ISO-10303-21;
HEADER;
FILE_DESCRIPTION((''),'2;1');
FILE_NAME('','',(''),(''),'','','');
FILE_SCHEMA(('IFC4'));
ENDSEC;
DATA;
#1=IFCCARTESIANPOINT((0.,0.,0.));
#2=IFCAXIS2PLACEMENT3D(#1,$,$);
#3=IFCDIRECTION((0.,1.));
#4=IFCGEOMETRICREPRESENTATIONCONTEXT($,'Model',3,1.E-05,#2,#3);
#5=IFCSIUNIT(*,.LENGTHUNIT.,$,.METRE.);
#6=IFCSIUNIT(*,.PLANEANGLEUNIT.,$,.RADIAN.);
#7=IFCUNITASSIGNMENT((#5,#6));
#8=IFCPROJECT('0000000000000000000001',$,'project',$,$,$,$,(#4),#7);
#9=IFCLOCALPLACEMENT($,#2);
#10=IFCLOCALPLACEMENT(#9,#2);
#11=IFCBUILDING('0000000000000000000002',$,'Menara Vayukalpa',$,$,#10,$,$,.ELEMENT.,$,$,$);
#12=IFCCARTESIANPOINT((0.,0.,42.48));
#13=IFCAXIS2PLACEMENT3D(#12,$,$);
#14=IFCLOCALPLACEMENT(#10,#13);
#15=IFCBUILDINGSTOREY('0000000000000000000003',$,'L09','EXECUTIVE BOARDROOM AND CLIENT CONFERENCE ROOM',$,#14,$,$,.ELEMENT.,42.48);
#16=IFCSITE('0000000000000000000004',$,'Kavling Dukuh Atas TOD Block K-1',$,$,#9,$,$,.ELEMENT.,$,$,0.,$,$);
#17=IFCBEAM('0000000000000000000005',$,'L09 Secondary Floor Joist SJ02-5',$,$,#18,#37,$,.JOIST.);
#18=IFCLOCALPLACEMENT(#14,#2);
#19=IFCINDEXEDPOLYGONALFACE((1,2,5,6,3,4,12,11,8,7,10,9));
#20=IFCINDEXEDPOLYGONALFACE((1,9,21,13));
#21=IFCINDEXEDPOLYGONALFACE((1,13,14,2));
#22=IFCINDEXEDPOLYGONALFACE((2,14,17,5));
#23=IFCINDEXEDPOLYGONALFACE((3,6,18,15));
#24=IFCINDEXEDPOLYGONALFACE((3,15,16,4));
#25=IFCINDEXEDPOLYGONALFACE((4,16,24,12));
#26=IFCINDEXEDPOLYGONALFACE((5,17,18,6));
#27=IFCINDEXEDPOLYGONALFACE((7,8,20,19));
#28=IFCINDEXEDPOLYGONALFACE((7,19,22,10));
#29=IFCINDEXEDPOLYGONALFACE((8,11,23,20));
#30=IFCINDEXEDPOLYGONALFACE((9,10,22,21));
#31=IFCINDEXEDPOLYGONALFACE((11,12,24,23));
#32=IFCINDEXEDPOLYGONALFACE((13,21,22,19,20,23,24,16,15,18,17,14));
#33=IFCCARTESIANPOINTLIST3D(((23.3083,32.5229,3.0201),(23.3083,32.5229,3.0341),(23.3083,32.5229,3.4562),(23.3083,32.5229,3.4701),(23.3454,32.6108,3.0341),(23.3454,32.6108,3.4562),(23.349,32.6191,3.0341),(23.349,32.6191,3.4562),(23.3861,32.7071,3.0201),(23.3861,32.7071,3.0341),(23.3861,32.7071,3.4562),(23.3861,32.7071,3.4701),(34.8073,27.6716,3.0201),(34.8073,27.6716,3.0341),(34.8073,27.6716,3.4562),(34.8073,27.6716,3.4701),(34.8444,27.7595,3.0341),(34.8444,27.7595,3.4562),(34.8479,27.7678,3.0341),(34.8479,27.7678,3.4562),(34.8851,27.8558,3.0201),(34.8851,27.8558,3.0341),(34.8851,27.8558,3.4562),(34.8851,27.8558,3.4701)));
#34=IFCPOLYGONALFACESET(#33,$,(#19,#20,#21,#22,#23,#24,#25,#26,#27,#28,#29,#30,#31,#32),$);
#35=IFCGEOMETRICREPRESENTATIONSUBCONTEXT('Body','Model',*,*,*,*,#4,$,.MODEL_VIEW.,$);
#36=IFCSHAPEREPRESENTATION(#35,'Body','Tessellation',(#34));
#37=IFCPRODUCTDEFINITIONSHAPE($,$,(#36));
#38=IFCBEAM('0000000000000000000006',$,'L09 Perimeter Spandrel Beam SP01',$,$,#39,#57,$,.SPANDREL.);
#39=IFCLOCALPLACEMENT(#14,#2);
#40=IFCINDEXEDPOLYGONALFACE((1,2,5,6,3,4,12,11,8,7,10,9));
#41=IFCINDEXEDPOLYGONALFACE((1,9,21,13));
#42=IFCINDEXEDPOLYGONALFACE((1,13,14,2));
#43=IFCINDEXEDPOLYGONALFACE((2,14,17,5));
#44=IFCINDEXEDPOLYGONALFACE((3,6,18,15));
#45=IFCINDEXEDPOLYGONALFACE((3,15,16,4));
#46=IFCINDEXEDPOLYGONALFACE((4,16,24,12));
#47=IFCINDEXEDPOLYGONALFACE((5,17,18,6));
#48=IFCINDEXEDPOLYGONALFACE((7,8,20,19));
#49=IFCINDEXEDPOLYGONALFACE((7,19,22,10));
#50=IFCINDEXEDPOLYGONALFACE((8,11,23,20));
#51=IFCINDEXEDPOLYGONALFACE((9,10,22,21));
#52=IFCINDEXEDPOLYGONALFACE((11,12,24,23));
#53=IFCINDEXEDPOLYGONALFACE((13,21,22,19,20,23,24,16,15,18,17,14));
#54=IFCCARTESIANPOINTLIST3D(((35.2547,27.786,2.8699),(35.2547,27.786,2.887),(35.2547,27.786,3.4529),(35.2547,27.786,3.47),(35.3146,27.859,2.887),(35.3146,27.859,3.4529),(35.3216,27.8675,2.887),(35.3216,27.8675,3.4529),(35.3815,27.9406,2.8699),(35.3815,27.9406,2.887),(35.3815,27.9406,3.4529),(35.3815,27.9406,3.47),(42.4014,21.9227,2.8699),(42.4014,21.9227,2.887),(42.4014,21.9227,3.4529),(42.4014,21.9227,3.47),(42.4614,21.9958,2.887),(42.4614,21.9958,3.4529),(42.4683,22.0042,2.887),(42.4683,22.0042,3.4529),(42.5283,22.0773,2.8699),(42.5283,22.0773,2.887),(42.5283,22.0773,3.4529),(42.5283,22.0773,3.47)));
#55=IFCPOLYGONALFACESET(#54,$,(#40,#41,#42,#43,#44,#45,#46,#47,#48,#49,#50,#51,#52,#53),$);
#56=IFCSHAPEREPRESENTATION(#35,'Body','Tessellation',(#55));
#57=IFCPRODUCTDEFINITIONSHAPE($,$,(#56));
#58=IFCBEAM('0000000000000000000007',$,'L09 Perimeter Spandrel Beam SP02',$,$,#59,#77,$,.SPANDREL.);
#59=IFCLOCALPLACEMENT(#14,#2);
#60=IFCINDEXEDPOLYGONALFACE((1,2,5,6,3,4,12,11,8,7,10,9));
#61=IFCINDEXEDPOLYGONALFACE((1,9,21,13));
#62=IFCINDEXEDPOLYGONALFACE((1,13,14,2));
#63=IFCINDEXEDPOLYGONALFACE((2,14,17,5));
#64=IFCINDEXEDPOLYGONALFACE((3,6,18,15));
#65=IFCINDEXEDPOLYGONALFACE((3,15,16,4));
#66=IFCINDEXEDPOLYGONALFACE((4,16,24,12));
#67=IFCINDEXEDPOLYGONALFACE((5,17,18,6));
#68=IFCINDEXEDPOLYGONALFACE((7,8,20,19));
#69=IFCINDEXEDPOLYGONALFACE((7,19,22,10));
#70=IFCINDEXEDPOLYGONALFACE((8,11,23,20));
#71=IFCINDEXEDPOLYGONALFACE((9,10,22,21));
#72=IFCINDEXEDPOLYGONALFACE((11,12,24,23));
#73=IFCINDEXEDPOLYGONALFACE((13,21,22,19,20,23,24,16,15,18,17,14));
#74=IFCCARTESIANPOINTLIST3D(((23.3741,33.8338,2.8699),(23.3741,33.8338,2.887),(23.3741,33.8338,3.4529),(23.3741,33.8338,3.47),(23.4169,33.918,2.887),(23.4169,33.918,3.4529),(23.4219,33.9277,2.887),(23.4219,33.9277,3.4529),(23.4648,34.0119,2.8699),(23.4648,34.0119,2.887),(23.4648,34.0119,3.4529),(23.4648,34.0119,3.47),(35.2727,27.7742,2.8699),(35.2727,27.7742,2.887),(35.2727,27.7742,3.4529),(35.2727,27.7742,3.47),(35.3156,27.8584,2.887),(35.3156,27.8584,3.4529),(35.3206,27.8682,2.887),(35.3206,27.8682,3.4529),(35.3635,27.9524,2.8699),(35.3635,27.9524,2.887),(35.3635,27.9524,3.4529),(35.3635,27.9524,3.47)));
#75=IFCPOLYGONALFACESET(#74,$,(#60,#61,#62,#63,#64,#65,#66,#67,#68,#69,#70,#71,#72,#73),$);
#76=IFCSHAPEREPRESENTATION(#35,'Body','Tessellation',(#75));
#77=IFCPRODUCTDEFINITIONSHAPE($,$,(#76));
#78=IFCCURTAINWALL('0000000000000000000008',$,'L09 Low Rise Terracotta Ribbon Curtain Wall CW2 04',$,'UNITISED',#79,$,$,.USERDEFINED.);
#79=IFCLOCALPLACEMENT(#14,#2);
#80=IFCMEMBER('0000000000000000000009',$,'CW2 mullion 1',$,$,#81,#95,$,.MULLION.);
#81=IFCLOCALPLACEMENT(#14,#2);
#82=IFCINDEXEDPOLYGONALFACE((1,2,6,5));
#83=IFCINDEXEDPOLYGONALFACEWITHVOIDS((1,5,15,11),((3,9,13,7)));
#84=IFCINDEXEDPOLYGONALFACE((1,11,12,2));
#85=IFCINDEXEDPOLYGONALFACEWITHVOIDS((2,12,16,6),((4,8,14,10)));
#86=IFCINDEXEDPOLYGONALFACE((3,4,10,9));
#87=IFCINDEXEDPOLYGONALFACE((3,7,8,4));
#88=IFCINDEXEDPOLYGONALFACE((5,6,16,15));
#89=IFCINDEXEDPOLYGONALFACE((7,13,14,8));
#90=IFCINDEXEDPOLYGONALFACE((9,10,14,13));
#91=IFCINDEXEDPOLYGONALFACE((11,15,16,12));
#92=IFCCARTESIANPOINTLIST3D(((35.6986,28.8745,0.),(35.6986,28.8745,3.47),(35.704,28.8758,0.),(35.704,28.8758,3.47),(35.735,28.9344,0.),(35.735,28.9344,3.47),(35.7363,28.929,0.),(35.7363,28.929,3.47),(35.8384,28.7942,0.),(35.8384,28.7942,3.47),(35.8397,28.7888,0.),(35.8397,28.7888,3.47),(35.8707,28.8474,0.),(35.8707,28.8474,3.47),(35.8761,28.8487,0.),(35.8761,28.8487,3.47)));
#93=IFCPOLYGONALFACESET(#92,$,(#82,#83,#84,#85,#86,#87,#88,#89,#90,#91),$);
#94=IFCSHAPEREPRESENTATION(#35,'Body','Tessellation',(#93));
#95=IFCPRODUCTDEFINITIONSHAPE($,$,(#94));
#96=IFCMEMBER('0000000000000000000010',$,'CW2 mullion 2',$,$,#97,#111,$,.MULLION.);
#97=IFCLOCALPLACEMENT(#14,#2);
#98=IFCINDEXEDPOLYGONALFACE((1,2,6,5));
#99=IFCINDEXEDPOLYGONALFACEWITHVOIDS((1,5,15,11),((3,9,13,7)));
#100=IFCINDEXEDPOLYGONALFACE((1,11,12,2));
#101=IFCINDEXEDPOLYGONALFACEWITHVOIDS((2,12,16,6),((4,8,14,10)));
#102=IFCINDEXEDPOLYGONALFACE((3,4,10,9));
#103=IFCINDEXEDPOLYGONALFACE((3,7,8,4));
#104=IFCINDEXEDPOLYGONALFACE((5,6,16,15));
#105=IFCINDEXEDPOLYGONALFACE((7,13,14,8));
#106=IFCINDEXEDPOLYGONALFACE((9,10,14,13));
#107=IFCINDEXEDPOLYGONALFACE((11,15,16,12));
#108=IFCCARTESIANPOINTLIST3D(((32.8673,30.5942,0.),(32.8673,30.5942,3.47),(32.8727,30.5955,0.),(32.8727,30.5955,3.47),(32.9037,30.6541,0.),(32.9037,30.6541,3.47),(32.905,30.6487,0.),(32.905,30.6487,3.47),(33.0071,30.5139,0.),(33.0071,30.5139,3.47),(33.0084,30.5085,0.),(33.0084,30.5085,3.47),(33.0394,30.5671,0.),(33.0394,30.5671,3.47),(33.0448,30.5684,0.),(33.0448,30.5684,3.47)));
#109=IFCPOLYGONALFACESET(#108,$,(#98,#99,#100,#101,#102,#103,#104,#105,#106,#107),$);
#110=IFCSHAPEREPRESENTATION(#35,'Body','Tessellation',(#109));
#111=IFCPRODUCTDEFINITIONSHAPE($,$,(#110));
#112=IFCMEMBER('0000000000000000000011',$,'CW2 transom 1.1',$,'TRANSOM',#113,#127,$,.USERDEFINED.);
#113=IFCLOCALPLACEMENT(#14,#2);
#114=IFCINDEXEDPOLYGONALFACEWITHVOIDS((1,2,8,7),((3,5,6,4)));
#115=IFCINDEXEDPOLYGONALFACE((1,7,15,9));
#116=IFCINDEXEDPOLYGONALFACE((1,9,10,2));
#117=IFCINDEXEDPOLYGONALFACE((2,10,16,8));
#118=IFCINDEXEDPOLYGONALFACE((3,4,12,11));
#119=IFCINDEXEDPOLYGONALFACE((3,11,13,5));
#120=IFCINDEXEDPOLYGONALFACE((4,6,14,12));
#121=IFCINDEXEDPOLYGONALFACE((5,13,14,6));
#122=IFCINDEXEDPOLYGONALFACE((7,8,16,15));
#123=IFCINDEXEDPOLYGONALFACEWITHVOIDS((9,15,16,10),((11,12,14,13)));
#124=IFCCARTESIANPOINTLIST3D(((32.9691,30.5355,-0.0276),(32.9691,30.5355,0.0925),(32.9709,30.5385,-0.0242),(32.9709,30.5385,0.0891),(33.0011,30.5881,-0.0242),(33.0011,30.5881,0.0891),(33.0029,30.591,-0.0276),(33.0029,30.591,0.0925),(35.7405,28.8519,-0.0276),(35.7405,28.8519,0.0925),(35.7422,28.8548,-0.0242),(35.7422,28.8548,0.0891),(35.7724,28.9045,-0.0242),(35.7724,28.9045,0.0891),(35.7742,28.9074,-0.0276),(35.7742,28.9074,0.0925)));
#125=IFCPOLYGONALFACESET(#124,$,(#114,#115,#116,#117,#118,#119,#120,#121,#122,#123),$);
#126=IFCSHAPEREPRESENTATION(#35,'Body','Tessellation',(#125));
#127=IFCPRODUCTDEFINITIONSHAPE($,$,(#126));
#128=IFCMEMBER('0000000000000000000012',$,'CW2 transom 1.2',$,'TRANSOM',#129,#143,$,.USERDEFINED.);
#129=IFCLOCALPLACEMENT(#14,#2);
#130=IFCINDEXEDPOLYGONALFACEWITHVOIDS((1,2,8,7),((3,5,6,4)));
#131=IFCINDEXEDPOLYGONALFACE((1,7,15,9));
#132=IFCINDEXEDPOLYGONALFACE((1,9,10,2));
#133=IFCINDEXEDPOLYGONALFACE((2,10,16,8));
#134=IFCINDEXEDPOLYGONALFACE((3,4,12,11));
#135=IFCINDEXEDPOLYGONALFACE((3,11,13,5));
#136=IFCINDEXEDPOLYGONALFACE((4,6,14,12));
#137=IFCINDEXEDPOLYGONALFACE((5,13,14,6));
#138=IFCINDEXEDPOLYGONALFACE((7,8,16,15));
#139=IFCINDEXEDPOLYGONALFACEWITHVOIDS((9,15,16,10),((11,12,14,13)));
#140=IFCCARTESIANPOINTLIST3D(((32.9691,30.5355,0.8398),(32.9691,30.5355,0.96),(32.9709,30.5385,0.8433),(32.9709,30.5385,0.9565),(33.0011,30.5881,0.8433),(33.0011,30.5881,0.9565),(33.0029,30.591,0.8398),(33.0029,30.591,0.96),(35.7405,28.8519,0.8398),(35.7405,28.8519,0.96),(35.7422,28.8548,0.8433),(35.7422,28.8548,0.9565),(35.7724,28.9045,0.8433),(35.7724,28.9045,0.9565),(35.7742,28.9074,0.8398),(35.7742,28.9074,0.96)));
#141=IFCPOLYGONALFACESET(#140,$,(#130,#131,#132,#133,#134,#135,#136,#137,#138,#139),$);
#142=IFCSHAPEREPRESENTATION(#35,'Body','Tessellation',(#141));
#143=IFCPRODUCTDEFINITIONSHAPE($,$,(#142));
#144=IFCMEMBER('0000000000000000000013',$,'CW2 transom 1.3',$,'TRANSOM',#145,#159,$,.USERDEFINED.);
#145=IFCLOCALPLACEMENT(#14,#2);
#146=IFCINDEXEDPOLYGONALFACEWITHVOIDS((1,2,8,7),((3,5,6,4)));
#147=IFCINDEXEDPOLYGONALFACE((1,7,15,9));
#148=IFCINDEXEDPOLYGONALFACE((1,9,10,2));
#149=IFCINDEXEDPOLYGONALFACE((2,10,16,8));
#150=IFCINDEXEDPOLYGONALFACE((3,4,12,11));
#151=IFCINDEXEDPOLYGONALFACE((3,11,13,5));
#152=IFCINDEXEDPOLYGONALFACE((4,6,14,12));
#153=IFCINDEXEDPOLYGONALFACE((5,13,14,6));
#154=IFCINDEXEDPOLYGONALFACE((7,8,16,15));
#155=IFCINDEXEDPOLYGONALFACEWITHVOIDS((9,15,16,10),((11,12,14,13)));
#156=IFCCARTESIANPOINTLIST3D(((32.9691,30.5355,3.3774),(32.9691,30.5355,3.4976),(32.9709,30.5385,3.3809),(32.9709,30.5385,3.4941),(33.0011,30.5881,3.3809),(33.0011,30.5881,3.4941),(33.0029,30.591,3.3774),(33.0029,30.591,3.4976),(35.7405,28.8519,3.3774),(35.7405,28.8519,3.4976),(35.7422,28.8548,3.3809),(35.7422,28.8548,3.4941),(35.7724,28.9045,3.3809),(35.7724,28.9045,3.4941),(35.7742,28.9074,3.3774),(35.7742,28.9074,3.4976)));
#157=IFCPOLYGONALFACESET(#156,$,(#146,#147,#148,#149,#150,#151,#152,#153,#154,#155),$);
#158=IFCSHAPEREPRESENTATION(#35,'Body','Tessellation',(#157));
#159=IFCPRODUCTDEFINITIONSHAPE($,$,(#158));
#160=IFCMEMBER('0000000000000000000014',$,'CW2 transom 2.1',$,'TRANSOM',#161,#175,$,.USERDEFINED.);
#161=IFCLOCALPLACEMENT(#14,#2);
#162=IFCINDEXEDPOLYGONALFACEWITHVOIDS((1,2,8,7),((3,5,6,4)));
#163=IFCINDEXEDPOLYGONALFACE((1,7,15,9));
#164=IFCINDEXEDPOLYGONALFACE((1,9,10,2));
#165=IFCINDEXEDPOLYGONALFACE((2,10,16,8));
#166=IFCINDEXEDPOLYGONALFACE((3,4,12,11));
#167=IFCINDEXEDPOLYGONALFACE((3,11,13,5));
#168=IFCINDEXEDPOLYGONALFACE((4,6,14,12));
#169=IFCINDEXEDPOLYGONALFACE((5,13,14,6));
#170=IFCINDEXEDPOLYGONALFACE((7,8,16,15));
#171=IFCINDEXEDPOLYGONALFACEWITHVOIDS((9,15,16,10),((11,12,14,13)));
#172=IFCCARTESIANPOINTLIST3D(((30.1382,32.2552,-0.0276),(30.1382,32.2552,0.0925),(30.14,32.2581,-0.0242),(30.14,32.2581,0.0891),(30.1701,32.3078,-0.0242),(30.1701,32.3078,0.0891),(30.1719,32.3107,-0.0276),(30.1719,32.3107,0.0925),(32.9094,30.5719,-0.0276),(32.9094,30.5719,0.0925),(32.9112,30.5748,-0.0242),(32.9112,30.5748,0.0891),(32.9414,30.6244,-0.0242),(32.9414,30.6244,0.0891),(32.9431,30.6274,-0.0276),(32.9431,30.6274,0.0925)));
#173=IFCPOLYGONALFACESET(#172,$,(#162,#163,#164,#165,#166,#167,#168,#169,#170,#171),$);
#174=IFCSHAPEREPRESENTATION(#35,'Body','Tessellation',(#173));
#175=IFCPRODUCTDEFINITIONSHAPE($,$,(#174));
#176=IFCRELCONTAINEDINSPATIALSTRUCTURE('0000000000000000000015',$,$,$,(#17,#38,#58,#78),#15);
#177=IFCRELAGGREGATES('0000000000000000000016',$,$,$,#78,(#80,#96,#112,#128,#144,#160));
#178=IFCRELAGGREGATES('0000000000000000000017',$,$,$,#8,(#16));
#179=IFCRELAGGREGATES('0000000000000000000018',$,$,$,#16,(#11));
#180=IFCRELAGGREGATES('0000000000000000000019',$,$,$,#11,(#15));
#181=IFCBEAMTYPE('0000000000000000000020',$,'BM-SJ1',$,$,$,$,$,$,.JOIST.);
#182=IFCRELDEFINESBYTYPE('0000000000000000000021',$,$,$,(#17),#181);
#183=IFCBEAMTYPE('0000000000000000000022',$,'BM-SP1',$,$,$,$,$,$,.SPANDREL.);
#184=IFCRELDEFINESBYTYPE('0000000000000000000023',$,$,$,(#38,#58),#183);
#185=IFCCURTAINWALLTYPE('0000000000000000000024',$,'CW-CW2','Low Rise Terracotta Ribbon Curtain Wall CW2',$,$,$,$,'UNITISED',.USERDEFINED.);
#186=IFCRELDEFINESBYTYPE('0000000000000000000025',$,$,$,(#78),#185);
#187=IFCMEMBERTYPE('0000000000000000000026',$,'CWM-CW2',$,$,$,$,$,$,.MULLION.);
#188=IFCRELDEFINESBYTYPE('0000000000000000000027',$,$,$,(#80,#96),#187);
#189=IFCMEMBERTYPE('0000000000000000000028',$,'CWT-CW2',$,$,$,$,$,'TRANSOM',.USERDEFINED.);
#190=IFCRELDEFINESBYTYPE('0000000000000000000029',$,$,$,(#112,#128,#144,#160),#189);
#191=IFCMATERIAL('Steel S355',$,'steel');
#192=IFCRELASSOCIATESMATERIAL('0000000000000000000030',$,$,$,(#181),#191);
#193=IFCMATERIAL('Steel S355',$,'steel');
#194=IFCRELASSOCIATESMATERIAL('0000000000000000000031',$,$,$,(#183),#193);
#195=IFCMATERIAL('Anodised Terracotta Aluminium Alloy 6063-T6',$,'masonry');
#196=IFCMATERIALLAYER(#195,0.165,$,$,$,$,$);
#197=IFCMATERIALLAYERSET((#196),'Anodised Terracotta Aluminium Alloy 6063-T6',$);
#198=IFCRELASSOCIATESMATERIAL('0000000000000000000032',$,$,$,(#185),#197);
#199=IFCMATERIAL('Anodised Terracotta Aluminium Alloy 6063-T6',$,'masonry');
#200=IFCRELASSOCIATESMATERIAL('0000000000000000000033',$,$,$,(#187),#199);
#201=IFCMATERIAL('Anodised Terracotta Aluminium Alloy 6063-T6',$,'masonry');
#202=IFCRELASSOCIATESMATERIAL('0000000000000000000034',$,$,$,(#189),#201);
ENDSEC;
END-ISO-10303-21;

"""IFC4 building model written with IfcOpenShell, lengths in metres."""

from ifc_helpers import new_model, si_unit, direction, frame, origin, origin_2d, place, context, subcontext, project, spatial, hollow_rectangle, i_section, extrude, material, layer, layer_set, material_profile, profile_set, type_object, element, aggregate, save


model = new_model("IFC4")

# Units and contexts
model_context = context("Model", 3, precision=1e-05, world=origin(), true_north=direction((0.0, 1.0)))
body_context = subcontext(model_context, "Body", "Model", "MODEL_VIEW")
ifc_project = project(units=[si_unit("LENGTHUNIT", "METRE"), si_unit("PLANEANGLEUNIT", "RADIAN")], contexts=[model_context])

# Site, building, storey
site_placement = place(None, origin())
site = spatial("IfcSite", under=ifc_project, at=site_placement, Name="Kavling Dukuh Atas TOD Block K-1", CompositionType="ELEMENT", RefElevation=0.0)
building_placement = place(site_placement, origin())
building = spatial("IfcBuilding", under=site, at=building_placement, Name="Menara Vayukalpa", CompositionType="ELEMENT")
storey_placement = place(building_placement, frame((0.0, 0.0, 42.48)))
storey = spatial("IfcBuildingStorey", under=building, at=storey_placement, Name="L09", Description="EXECUTIVE BOARDROOM AND CLIENT CONFERENCE ROOM", CompositionType="ELEMENT", Elevation=42.48)

# Beams
ifc_material_1 = material(Name="Steel S355", Category="steel")
ifc_material_profile_1 = material_profile(ifc_material_1, i_section(OverallWidth=0.2, OverallDepth=0.45, WebThickness=0.009, FlangeThickness=0.0139, at=origin_2d()), Name="WF 450x200x9x14")
ifc_profile_set_1 = profile_set([ifc_material_profile_1], Name="Steel S355")
beam_type_1 = type_object("IfcBeamType", Name="BM-SJ1", PredefinedType="JOIST", material=ifc_profile_set_1)
beam_1_placement = place(storey_placement, frame((34.8462, 27.7637, 3.2451), z_axis=(-0.921359, 0.388712, 0.0), x_axis=(-0.388712, -0.921359, 0.0)))
element("IfcBeam", 1, at=beam_1_placement, inside=storey, type_object=beam_type_1, Name="L09 Secondary Floor Joist SJ02-5", PredefinedType="JOIST", context=body_context, shape_type="SweptSolid", body=[
    extrude(i_section(OverallWidth=0.2, OverallDepth=0.45, WebThickness=0.009, FlangeThickness=0.0139, at=origin_2d()), origin(), (0.0, 0.0, 1.0), 12.4805),
])
ifc_material_2 = material(Name="Steel S355", Category="steel")
ifc_material_profile_2 = material_profile(ifc_material_2, i_section(OverallWidth=0.2, OverallDepth=0.6001, WebThickness=0.011, FlangeThickness=0.0171, at=origin_2d()), Name="WF 600x200x11x17")
ifc_profile_set_2 = profile_set([ifc_material_profile_2], Name="Steel S355")
beam_type_2 = type_object("IfcBeamType", Name="BM-SP1", PredefinedType="SPANDREL", material=ifc_profile_set_2)
beam_2_placement = place(storey_placement, frame((42.4648, 22.0, 3.1699), z_axis=(-0.773111, 0.634271, 0.0), x_axis=(-0.634271, -0.773111, 0.0)))
element("IfcBeam", 2, at=beam_2_placement, inside=storey, type_object=beam_type_2, Name="L09 Perimeter Spandrel Beam SP01", PredefinedType="SPANDREL", context=body_context, shape_type="SweptSolid", body=[
    extrude(i_section(OverallWidth=0.2, OverallDepth=0.6001, WebThickness=0.011, FlangeThickness=0.0171, at=origin_2d()), origin(), (0.0, 0.0, 1.0), 9.2441),
])
beam_3_placement = place(storey_placement, frame((35.3181, 27.8633, 3.1699), z_axis=(-0.891101, 0.453806, 0.0), x_axis=(-0.453806, -0.891101, 0.0)))
element("IfcBeam", 3, at=beam_3_placement, inside=storey, type_object=beam_type_2, Name="L09 Perimeter Spandrel Beam SP02", PredefinedType="SPANDREL", context=body_context, shape_type="SweptSolid", body=[
    extrude(i_section(OverallWidth=0.2, OverallDepth=0.6001, WebThickness=0.011, FlangeThickness=0.0171, at=origin_2d()), origin(), (0.0, 0.0, 1.0), 13.3528),
])

# Curtain wall, members
ifc_material_3 = material(Name="Anodised Terracotta Aluminium Alloy 6063-T6", Category="masonry")
ifc_layer_1 = layer(ifc_material_3, 0.165)
ifc_layer_set_1 = layer_set([ifc_layer_1], Name="Anodised Terracotta Aluminium Alloy 6063-T6")
curtain_wall_type = type_object("IfcCurtainWallType", Name="CW-CW2", Description="Low Rise Terracotta Ribbon Curtain Wall CW2", ElementType="UNITISED", PredefinedType="USERDEFINED", material=ifc_layer_set_1)
curtain_wall_placement = place(storey_placement, origin())
curtain_wall = element("IfcCurtainWall", 4, at=curtain_wall_placement, inside=storey, type_object=curtain_wall_type, Name="L09 Low Rise Terracotta Ribbon Curtain Wall CW2 04", ObjectType="UNITISED", PredefinedType="USERDEFINED")
ifc_material_4 = material(Name="Anodised Terracotta Aluminium Alloy 6063-T6", Category="masonry")
ifc_material_profile_3 = material_profile(ifc_material_4, hollow_rectangle(XDim=0.0701, YDim=0.165, WallThickness=0.0039, at=origin_2d()), Name="ALU 70x165x4")
ifc_profile_set_3 = profile_set([ifc_material_profile_3], Name="Anodised Terracotta Aluminium Alloy 6063-T6")
member_type_1 = type_object("IfcMemberType", Name="CWM-CW2", PredefinedType="MULLION", material=ifc_profile_set_3)
member_1_placement = place(storey_placement, frame((35.7874, 28.8616, 0.0), z_axis=(0.0, 0.0, 1.0), x_axis=(-0.519182, -0.854664, 0.0)))
member_1 = element("IfcMember", 5, at=member_1_placement, type_object=member_type_1, Name="CW2 mullion 1", PredefinedType="MULLION", context=body_context, shape_type="SweptSolid", body=[
    extrude(hollow_rectangle(XDim=0.0701, YDim=0.165, WallThickness=0.0039, at=origin_2d()), origin(), (0.0, 0.0, 1.0), 3.47),
])
member_2_placement = place(storey_placement, frame((32.9561, 30.5813, 0.0), z_axis=(0.0, 0.0, 1.0), x_axis=(-0.519182, -0.854664, 0.0)))
member_2 = element("IfcMember", 6, at=member_2_placement, type_object=member_type_1, Name="CW2 mullion 2", PredefinedType="MULLION", context=body_context, shape_type="SweptSolid", body=[
    extrude(hollow_rectangle(XDim=0.0701, YDim=0.165, WallThickness=0.0039, at=origin_2d()), origin(), (0.0, 0.0, 1.0), 3.47),
])
ifc_material_5 = material(Name="Anodised Terracotta Aluminium Alloy 6063-T6", Category="masonry")
ifc_material_profile_4 = material_profile(ifc_material_5, hollow_rectangle(XDim=0.0649, YDim=0.1201, WallThickness=0.0034, at=origin_2d()), Name="ALU 65x120x3.5")
ifc_profile_set_4 = profile_set([ifc_material_profile_4], Name="Anodised Terracotta Aluminium Alloy 6063-T6")
member_type_2 = type_object("IfcMemberType", Name="CWT-CW2", ElementType="TRANSOM", PredefinedType="USERDEFINED", material=ifc_profile_set_4)
member_3_placement = place(storey_placement, frame((35.7573, 28.8796, 0.0325), z_axis=(-0.854643, 0.519216, 0.0), x_axis=(-0.519216, -0.854643, 0.0)))
member_3 = element("IfcMember", 7, at=member_3_placement, type_object=member_type_2, Name="CW2 transom 1.1", ObjectType="TRANSOM", PredefinedType="USERDEFINED", context=body_context, shape_type="SweptSolid", body=[
    extrude(hollow_rectangle(XDim=0.0649, YDim=0.1201, WallThickness=0.0034, at=origin_2d()), origin(), (0.0, 0.0, 1.0), 3.2427),
])
member_4_placement = place(storey_placement, frame((35.7573, 28.8796, 0.8999), z_axis=(-0.854643, 0.519216, 0.0), x_axis=(-0.519216, -0.854643, 0.0)))
member_4 = element("IfcMember", 8, at=member_4_placement, type_object=member_type_2, Name="CW2 transom 1.2", ObjectType="TRANSOM", PredefinedType="USERDEFINED", context=body_context, shape_type="SweptSolid", body=[
    extrude(hollow_rectangle(XDim=0.0649, YDim=0.1201, WallThickness=0.0034, at=origin_2d()), origin(), (0.0, 0.0, 1.0), 3.2427),
])
member_5_placement = place(storey_placement, frame((35.7573, 28.8796, 3.4375), z_axis=(-0.854643, 0.519216, 0.0), x_axis=(-0.519216, -0.854643, 0.0)))
member_5 = element("IfcMember", 9, at=member_5_placement, type_object=member_type_2, Name="CW2 transom 1.3", ObjectType="TRANSOM", PredefinedType="USERDEFINED", context=body_context, shape_type="SweptSolid", body=[
    extrude(hollow_rectangle(XDim=0.0649, YDim=0.1201, WallThickness=0.0034, at=origin_2d()), origin(), (0.0, 0.0, 1.0), 3.2427),
])
member_6_placement = place(storey_placement, frame((32.9263, 30.5996, 0.0325), z_axis=(-0.854677, 0.519161, 0.0), x_axis=(-0.519161, -0.854677, 0.0)))
member_6 = element("IfcMember", 10, at=member_6_placement, type_object=member_type_2, Name="CW2 transom 2.1", ObjectType="TRANSOM", PredefinedType="USERDEFINED", context=body_context, shape_type="SweptSolid", body=[
    extrude(hollow_rectangle(XDim=0.0649, YDim=0.1201, WallThickness=0.0034, at=origin_2d()), origin(), (0.0, 0.0, 1.0), 3.2424),
])
aggregate(curtain_wall, [member_1, member_2, member_3, member_4, member_5, member_6])

save(model, "model.ifc")
